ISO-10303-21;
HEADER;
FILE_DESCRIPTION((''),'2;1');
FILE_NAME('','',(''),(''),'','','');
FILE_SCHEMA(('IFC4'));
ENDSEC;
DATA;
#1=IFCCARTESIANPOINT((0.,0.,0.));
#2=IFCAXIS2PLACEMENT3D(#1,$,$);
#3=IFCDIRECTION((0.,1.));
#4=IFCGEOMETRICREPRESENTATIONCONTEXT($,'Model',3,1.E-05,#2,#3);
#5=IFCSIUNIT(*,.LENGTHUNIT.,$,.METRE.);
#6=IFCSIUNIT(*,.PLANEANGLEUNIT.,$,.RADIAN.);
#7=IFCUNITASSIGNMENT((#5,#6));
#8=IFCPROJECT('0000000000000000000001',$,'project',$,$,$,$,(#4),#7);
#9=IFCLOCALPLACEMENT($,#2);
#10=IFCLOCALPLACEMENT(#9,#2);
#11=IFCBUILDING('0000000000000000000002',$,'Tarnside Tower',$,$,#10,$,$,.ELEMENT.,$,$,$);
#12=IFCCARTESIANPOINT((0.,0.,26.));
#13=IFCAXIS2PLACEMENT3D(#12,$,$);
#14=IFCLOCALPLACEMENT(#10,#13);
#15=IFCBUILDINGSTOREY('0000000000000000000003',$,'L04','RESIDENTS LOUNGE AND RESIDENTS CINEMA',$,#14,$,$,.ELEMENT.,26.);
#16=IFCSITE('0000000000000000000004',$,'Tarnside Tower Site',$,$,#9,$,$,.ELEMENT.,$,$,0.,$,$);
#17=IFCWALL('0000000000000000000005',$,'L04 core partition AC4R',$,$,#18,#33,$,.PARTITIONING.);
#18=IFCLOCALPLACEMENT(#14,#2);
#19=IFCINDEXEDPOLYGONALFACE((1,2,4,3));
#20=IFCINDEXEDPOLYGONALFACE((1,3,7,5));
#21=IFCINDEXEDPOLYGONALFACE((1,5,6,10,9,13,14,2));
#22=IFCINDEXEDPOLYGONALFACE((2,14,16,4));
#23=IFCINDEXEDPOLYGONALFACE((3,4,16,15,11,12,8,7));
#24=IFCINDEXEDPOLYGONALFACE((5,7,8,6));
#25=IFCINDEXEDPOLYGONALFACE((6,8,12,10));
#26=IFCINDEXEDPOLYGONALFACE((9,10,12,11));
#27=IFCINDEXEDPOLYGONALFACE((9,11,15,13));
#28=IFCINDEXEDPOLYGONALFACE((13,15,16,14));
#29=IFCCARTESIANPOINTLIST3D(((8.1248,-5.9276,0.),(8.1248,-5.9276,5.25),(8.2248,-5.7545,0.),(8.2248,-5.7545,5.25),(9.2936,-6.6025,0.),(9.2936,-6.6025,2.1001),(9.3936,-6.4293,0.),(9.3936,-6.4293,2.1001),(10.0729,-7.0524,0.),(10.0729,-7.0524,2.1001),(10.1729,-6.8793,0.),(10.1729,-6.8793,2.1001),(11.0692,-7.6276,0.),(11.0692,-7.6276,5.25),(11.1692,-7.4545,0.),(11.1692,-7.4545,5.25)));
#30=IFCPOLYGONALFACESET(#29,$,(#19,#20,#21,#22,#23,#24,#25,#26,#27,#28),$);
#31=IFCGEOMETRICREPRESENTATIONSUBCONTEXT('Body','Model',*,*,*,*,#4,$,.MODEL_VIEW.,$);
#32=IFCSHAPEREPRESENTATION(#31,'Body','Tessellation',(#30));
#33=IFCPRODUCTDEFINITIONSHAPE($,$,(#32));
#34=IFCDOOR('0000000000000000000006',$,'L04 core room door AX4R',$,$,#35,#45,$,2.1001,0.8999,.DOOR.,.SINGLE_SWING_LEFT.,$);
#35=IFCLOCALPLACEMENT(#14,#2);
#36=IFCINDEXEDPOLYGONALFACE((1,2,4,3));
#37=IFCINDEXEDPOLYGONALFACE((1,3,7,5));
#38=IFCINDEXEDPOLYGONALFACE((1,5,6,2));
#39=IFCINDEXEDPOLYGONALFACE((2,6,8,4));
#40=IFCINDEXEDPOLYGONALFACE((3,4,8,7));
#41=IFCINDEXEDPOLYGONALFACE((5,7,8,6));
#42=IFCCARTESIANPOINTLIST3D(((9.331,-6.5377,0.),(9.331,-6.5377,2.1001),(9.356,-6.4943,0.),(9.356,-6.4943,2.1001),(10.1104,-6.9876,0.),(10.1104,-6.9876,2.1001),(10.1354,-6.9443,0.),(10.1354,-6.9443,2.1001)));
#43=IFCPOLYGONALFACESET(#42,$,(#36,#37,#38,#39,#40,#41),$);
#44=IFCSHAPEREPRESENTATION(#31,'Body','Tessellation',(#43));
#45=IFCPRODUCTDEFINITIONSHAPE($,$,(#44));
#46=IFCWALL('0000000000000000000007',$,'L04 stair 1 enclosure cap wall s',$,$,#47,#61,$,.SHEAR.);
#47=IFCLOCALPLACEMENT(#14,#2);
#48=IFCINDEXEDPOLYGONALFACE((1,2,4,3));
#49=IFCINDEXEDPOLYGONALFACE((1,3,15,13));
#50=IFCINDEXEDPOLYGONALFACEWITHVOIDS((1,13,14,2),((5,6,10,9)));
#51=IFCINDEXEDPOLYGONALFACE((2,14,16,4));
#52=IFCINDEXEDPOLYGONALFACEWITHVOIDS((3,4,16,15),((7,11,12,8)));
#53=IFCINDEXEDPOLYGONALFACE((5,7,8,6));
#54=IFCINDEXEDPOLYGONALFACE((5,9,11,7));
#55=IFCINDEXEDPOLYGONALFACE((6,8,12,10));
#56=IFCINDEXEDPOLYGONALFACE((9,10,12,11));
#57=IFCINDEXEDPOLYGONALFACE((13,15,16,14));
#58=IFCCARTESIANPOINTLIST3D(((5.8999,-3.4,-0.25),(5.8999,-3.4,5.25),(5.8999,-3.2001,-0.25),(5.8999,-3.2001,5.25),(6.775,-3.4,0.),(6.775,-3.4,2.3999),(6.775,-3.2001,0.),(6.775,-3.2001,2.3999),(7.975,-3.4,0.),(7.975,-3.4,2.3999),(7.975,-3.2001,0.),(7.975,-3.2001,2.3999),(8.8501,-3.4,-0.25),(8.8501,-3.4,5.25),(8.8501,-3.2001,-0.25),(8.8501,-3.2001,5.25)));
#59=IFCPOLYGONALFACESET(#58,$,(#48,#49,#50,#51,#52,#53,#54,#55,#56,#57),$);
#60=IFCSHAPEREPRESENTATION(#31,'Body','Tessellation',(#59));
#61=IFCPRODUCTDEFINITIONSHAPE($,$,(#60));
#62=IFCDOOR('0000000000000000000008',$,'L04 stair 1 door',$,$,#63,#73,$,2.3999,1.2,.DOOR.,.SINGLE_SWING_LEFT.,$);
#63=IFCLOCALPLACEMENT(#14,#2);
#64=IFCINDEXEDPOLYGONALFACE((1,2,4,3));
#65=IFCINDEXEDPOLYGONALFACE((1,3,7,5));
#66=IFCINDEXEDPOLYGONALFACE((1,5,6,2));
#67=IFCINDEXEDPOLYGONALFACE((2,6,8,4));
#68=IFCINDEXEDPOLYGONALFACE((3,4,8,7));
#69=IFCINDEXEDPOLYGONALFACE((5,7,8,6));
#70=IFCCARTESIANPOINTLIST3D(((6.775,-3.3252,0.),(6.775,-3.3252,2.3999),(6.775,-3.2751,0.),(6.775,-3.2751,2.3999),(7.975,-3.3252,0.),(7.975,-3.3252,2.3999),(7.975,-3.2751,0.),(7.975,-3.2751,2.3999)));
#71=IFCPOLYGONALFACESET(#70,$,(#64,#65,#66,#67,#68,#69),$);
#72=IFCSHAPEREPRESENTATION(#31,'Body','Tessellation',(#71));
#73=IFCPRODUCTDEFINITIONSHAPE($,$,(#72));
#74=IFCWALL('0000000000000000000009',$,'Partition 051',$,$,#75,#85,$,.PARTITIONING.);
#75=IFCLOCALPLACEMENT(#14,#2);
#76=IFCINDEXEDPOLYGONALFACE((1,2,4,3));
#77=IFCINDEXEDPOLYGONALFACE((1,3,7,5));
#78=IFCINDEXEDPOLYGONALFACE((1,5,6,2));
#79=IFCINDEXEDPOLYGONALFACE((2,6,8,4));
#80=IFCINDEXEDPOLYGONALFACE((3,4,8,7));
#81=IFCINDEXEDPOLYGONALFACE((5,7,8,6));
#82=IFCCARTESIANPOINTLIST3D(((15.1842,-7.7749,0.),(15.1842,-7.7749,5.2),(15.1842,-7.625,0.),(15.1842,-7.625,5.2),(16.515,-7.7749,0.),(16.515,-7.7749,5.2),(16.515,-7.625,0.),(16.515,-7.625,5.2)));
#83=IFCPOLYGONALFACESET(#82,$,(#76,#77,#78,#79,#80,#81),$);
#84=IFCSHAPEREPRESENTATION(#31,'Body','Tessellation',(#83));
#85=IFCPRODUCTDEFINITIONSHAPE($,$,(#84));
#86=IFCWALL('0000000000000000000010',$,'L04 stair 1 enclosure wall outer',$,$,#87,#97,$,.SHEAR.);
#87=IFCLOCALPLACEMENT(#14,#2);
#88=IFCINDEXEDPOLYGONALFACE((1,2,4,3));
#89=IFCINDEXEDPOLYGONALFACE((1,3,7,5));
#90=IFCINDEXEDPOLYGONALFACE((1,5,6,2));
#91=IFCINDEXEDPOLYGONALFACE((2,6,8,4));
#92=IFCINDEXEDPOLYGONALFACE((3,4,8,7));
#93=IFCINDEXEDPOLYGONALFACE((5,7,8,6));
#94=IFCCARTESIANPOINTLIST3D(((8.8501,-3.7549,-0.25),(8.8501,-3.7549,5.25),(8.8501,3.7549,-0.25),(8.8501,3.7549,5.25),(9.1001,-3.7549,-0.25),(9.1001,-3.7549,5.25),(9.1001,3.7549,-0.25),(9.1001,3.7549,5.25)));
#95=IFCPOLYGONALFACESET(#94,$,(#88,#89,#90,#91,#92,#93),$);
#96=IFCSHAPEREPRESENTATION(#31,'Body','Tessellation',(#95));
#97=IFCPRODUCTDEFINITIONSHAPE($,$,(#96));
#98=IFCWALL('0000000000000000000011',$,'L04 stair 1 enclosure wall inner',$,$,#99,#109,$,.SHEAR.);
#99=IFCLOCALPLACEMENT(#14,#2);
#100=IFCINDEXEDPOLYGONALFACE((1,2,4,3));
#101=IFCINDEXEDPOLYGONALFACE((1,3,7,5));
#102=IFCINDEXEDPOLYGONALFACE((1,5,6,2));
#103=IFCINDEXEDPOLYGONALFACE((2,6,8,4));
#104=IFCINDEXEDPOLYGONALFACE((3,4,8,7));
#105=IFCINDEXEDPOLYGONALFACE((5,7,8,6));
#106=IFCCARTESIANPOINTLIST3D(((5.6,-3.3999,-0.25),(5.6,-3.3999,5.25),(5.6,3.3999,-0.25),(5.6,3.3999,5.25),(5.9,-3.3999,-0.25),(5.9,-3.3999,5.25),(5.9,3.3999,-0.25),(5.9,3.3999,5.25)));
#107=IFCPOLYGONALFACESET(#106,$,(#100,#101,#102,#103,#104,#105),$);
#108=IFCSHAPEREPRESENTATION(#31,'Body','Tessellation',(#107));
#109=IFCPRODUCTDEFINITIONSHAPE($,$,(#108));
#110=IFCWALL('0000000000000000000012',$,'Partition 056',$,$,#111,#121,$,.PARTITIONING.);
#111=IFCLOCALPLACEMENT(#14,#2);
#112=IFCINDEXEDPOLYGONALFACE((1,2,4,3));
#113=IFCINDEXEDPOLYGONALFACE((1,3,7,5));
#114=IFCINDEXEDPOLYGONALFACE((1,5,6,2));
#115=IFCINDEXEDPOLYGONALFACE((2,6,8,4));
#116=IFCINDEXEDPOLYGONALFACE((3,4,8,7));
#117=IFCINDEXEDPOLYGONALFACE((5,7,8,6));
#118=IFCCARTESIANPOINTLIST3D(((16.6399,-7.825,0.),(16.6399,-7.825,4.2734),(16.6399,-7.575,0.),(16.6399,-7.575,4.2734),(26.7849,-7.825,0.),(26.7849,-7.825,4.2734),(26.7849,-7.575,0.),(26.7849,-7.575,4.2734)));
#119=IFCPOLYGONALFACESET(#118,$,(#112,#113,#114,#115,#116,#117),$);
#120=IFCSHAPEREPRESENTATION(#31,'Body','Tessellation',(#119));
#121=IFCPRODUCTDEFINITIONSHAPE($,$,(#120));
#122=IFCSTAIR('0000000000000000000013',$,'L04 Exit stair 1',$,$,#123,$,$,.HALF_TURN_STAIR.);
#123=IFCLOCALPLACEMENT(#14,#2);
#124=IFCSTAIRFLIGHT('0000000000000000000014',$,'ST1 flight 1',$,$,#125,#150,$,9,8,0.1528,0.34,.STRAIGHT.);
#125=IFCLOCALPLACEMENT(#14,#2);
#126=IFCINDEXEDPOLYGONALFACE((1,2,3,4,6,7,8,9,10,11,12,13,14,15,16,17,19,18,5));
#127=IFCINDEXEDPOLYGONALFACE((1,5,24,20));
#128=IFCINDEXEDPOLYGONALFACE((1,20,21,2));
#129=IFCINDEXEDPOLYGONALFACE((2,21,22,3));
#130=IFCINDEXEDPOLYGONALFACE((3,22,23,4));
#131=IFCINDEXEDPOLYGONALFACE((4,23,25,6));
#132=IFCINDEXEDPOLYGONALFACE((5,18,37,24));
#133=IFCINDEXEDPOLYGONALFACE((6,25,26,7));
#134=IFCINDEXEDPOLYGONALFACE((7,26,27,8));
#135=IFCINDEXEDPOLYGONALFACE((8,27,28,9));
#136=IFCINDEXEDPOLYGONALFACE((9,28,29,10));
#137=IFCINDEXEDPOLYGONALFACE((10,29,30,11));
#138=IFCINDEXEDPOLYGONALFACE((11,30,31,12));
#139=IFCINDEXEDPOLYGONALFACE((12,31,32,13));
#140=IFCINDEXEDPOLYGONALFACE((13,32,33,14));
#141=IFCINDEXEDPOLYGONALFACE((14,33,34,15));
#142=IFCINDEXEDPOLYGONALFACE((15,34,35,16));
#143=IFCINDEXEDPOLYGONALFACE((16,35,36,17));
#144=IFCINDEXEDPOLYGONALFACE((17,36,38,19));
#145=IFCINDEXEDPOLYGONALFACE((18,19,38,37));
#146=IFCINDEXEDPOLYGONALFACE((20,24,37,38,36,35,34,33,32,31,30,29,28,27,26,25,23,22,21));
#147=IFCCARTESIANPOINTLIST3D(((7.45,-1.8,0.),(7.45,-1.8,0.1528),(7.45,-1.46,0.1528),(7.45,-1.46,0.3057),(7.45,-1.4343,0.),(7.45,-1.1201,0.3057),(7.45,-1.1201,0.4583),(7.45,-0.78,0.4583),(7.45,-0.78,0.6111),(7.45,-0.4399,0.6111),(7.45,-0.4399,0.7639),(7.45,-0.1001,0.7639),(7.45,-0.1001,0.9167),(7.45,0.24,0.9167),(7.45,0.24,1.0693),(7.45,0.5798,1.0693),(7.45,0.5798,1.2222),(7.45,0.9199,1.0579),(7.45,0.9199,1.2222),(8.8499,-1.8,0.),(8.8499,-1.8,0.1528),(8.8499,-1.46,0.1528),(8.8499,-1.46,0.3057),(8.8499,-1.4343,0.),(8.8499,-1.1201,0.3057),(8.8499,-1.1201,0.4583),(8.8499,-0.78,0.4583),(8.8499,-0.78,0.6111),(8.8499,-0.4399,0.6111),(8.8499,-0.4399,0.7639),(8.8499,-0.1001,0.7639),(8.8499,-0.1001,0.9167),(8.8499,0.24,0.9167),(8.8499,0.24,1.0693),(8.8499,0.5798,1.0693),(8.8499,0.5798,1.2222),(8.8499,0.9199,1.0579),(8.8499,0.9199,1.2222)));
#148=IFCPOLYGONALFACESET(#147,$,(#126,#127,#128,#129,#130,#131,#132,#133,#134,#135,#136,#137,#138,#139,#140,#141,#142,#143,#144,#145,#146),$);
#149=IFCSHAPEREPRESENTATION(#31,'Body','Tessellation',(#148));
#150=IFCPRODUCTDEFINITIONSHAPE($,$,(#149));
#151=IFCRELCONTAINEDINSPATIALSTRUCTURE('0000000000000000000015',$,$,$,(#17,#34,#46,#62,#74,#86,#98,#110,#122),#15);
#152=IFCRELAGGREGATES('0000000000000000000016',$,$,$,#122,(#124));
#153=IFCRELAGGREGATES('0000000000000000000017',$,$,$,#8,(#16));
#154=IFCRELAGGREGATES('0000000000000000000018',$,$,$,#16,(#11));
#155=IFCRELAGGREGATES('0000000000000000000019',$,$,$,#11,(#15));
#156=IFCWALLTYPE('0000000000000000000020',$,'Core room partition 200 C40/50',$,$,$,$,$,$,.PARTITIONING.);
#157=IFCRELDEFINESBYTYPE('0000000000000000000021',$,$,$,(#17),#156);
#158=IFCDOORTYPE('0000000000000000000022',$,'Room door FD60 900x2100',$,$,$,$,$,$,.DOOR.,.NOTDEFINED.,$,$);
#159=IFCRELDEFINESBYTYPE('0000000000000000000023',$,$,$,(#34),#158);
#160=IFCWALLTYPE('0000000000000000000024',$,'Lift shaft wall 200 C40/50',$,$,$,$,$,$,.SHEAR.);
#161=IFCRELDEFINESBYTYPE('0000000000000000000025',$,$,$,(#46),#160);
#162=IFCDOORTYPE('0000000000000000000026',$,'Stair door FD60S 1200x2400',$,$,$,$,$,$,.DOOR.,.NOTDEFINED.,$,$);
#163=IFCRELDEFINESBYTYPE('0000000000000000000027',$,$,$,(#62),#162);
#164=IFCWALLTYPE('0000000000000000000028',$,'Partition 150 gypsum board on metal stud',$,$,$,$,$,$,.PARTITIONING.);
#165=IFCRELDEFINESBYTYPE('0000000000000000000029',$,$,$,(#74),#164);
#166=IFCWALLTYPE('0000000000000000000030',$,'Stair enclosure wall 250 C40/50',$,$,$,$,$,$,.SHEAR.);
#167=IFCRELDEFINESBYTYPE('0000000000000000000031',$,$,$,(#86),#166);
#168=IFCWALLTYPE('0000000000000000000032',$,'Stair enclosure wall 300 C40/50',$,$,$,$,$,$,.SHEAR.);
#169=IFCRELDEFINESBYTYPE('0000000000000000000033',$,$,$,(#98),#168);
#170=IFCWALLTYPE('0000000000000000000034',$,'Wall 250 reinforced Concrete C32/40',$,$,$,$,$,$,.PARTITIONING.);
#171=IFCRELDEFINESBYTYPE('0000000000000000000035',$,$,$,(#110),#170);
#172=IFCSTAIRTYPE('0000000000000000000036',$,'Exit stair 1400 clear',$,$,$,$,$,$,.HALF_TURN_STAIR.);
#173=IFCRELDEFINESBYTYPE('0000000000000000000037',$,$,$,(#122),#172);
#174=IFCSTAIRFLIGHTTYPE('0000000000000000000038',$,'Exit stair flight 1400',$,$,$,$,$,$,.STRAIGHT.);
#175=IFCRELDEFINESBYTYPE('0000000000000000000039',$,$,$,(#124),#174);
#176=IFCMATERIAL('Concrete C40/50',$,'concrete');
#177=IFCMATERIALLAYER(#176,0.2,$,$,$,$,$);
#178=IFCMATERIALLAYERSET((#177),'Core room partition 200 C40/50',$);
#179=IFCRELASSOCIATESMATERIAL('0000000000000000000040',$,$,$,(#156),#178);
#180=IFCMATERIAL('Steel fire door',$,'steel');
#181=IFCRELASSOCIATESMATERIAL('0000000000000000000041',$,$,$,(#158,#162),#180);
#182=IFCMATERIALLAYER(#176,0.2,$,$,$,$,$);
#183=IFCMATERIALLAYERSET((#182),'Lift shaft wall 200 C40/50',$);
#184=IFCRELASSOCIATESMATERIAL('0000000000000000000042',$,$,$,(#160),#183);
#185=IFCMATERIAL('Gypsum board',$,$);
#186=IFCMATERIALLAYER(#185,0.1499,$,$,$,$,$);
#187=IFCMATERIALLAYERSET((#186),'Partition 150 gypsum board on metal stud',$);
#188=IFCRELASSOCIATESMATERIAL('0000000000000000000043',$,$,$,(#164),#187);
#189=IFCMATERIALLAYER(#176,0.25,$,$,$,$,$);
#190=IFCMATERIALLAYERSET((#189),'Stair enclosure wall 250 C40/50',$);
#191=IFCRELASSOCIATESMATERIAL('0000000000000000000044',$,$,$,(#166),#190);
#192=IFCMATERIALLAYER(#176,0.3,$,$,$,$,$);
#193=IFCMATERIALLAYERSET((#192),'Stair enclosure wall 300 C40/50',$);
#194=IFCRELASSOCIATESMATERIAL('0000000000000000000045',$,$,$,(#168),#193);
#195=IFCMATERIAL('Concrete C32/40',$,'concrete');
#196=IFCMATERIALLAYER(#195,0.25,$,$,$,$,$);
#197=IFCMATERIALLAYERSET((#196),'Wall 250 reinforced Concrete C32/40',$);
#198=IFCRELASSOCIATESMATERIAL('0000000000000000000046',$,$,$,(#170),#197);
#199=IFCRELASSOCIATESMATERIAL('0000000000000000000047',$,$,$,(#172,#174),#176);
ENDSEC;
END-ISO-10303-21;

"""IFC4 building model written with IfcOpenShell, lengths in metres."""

from ifc_helpers import new_model, si_unit, direction, frame, frame_2d, origin, place, context, subcontext, project, spatial, polyline, rectangle, outline, extrude, material, layer, layer_set, type_object, element, fill, aggregate, save


model = new_model("IFC4")

# Units and contexts
model_context = context("Model", 3, precision=1e-05, world=origin(), true_north=direction((0.0, 1.0)))
body_context = subcontext(model_context, "Body", "Model", "MODEL_VIEW")
ifc_project = project(units=[si_unit("LENGTHUNIT", "METRE"), si_unit("PLANEANGLEUNIT", "RADIAN")], contexts=[model_context])

# Site, building, storey
site_placement = place(None, origin())
site = spatial("IfcSite", under=ifc_project, at=site_placement, Name="Tarnside Tower Site", CompositionType="ELEMENT", RefElevation=0.0)
building_placement = place(site_placement, origin())
building = spatial("IfcBuilding", under=site, at=building_placement, Name="Tarnside Tower", CompositionType="ELEMENT")
storey_placement = place(building_placement, frame((0.0, 0.0, 26.0)))
storey = spatial("IfcBuildingStorey", under=building, at=storey_placement, Name="L04", Description="RESIDENTS LOUNGE AND RESIDENTS CINEMA", CompositionType="ELEMENT", Elevation=26.0)

# Shared definitions
ifc_material_1 = material(Name="Concrete C40/50", Category="concrete")

# Walls, openings, doors
ifc_layer_1 = layer(ifc_material_1, 0.2)
ifc_layer_set_1 = layer_set([ifc_layer_1], Name="Core room partition 200 C40/50")
wall_type_1 = type_object("IfcWallType", Name="Core room partition 200 C40/50", PredefinedType="PARTITIONING", material=ifc_layer_set_1)
ifc_material_2 = material(Name="Steel fire door", Category="steel")
door_type_1 = type_object("IfcDoorType", Name="Room door FD60 900x2100", OperationType="NOTDEFINED", PredefinedType="DOOR", material=ifc_material_2)
wall_1_placement = place(storey_placement, frame((8.1748, -5.8411, 0.0), z_axis=(0.0, 0.0, 1.0), x_axis=(0.866021, -0.500008, 0.0)))
wall_1 = element("IfcWall", 1, at=wall_1_placement, inside=storey, type_object=wall_type_1, Name="L04 core partition AC4R", PredefinedType="PARTITIONING", context=body_context, shape_type="SweptSolid", body=[
    extrude(rectangle(XDim=3.3999, YDim=0.2, at=frame_2d((1.7, 0.0))), origin(), (0.0, 0.0, 1.0), 5.25),
])
opening_1_placement = place(wall_1_placement, frame((1.3496, 0.0, 0.0)))
opening_1 = element("IfcOpeningElement", 2, at=opening_1_placement, cuts=wall_1, PredefinedType="OPENING", context=body_context, shape_type="SweptSolid", body=[
    extrude(rectangle(XDim=0.8999, YDim=2.1001, at=frame_2d((0.45, 1.05))), frame((0.0, 0.1099, 0.0), z_axis=(0.0, -1.0, 0.0), x_axis=(1.0, 0.0, 0.0)), (0.0, 0.0, 1.0), 0.22),
])
door_1_placement = place(opening_1_placement, origin())
door_1 = element("IfcDoor", 3, at=door_1_placement, inside=storey, type_object=door_type_1, Name="L04 core room door AX4R", OperationType="SINGLE_SWING_LEFT", OverallHeight=2.1001, OverallWidth=0.8999, PredefinedType="DOOR", context=body_context, shape_type="SweptSolid", body=[
    extrude(rectangle(XDim=0.8999, YDim=2.1001, at=frame_2d((0.45, 1.05))), frame((0.0, 0.0249, 0.0), z_axis=(0.0, -1.0, 0.0), x_axis=(1.0, 0.0, 0.0)), (0.0, 0.0, 1.0), 0.05),
])
fill(opening_1, door_1)
ifc_layer_2 = layer(ifc_material_1, 0.2)
ifc_layer_set_2 = layer_set([ifc_layer_2], Name="Lift shaft wall 200 C40/50")
wall_type_2 = type_object("IfcWallType", Name="Lift shaft wall 200 C40/50", PredefinedType="SHEAR", material=ifc_layer_set_2)
wall_2_placement = place(storey_placement, frame((5.8999, -3.3, -0.25), z_axis=(0.0, 0.0, 1.0), x_axis=(1.0, 0.0, 0.0)))
wall_2 = element("IfcWall", 4, at=wall_2_placement, inside=storey, type_object=wall_type_2, Name="L04 stair 1 enclosure cap wall s", PredefinedType="SHEAR", context=body_context, shape_type="SweptSolid", body=[
    extrude(rectangle(XDim=2.9502, YDim=0.2, at=frame_2d((1.4751, 0.0))), origin(), (0.0, 0.0, 1.0), 5.5),
])
opening_2_placement = place(wall_2_placement, frame((0.875, 0.0, 0.25)))
opening_2 = element("IfcOpeningElement", 5, at=opening_2_placement, cuts=wall_2, PredefinedType="OPENING", context=body_context, shape_type="SweptSolid", body=[
    extrude(rectangle(XDim=1.2, YDim=2.3999, at=frame_2d((0.6001, 1.2))), frame((0.0, 0.1099, 0.0), z_axis=(0.0, -1.0, 0.0), x_axis=(1.0, 0.0, 0.0)), (0.0, 0.0, 1.0), 0.22),
])
door_type_2 = type_object("IfcDoorType", Name="Stair door FD60S 1200x2400", OperationType="NOTDEFINED", PredefinedType="DOOR", material=ifc_material_2)
door_2_placement = place(opening_2_placement, origin())
door_2 = element("IfcDoor", 6, at=door_2_placement, inside=storey, type_object=door_type_2, Name="L04 stair 1 door", OperationType="SINGLE_SWING_LEFT", OverallHeight=2.3999, OverallWidth=1.2, PredefinedType="DOOR", context=body_context, shape_type="SweptSolid", body=[
    extrude(rectangle(XDim=1.2, YDim=2.3999, at=frame_2d((0.6001, 1.2))), frame((0.0, 0.0249, 0.0), z_axis=(0.0, -1.0, 0.0), x_axis=(1.0, 0.0, 0.0)), (0.0, 0.0, 1.0), 0.05),
])
fill(opening_2, door_2)

# Walls
ifc_material_3 = material(Name="Gypsum board")
ifc_layer_3 = layer(ifc_material_3, 0.1499)
ifc_layer_set_3 = layer_set([ifc_layer_3], Name="Partition 150 gypsum board on metal stud")
wall_type_3 = type_object("IfcWallType", Name="Partition 150 gypsum board on metal stud", PredefinedType="PARTITIONING", material=ifc_layer_set_3)
wall_3_placement = place(storey_placement, frame((15.1841, -7.7, 0.0), z_axis=(0.0, 0.0, 1.0), x_axis=(1.0, 0.0, 0.0)))
element("IfcWall", 7, at=wall_3_placement, inside=storey, type_object=wall_type_3, Name="Partition 051", PredefinedType="PARTITIONING", context=body_context, shape_type="SweptSolid", body=[
    extrude(rectangle(XDim=1.3308, YDim=0.1499, at=frame_2d((0.6655, 0.0))), origin(), (0.0, 0.0, 1.0), 5.2),
])
ifc_layer_4 = layer(ifc_material_1, 0.25)
ifc_layer_set_4 = layer_set([ifc_layer_4], Name="Stair enclosure wall 250 C40/50")
wall_type_4 = type_object("IfcWallType", Name="Stair enclosure wall 250 C40/50", PredefinedType="SHEAR", material=ifc_layer_set_4)
wall_4_placement = place(storey_placement, frame((8.9751, -3.7549, -0.25), z_axis=(0.0, 0.0, 1.0), x_axis=(0.0, 1.0, 0.0)))
element("IfcWall", 8, at=wall_4_placement, inside=storey, type_object=wall_type_4, Name="L04 stair 1 enclosure wall outer", PredefinedType="SHEAR", context=body_context, shape_type="SweptSolid", body=[
    extrude(rectangle(XDim=7.5098, YDim=0.25, at=frame_2d((3.7549, 0.0))), origin(), (0.0, 0.0, 1.0), 5.5),
])
ifc_layer_5 = layer(ifc_material_1, 0.3)
ifc_layer_set_5 = layer_set([ifc_layer_5], Name="Stair enclosure wall 300 C40/50")
wall_type_5 = type_object("IfcWallType", Name="Stair enclosure wall 300 C40/50", PredefinedType="SHEAR", material=ifc_layer_set_5)
wall_5_placement = place(storey_placement, frame((5.75, -3.3999, -0.25), z_axis=(0.0, 0.0, 1.0), x_axis=(0.0, 1.0, 0.0)))
element("IfcWall", 9, at=wall_5_placement, inside=storey, type_object=wall_type_5, Name="L04 stair 1 enclosure wall inner", PredefinedType="SHEAR", context=body_context, shape_type="SweptSolid", body=[
    extrude(rectangle(XDim=6.7998, YDim=0.3, at=frame_2d((3.3999, 0.0))), origin(), (0.0, 0.0, 1.0), 5.5),
])
ifc_material_4 = material(Name="Concrete C32/40", Category="concrete")
ifc_layer_6 = layer(ifc_material_4, 0.25)
ifc_layer_set_6 = layer_set([ifc_layer_6], Name="Wall 250 reinforced Concrete C32/40")
wall_type_6 = type_object("IfcWallType", Name="Wall 250 reinforced Concrete C32/40", PredefinedType="PARTITIONING", material=ifc_layer_set_6)
wall_6_placement = place(storey_placement, frame((16.6399, -7.7, 0.0), z_axis=(0.0, 0.0, 1.0), x_axis=(1.0, 0.0, 0.0)))
element("IfcWall", 10, at=wall_6_placement, inside=storey, type_object=wall_type_6, Name="Partition 056", PredefinedType="PARTITIONING", context=body_context, shape_type="SweptSolid", body=[
    extrude(rectangle(XDim=10.145, YDim=0.25, at=frame_2d((5.0725, 0.0))), origin(), (0.0, 0.0, 1.0), 4.2734),
])

# Stair, stair flight
stair_type = type_object("IfcStairType", Name="Exit stair 1400 clear", PredefinedType="HALF_TURN_STAIR", material=ifc_material_1)
stair_placement = place(storey_placement, origin())
stair = element("IfcStair", 11, at=stair_placement, inside=storey, type_object=stair_type, Name="L04 Exit stair 1", PredefinedType="HALF_TURN_STAIR")
stair_flight_type = type_object("IfcStairFlightType", Name="Exit stair flight 1400", PredefinedType="STRAIGHT", material=ifc_material_1)
stair_flight_1_placement = place(storey_placement, frame((8.1499, -1.8, 0.0), z_axis=(0.0, 0.0, 1.0), x_axis=(0.0, 1.0, 0.0)))
stair_flight_1 = element("IfcStairFlight", 12, at=stair_flight_1_placement, type_object=stair_flight_type, Name="ST1 flight 1", NumberOfRisers=9, NumberOfTreads=8, PredefinedType="STRAIGHT", RiserHeight=0.1528, TreadLength=0.34, context=body_context, shape_type="SweptSolid", body=[
    extrude(outline(polyline([(0.0, 0.0), (0.0, 0.1528), (0.3401, 0.1528), (0.3401, 0.3057), (0.6799, 0.3057), (0.6799, 0.4583), (1.02, 0.4583), (1.02, 0.6111), (1.3601, 0.6111), (1.3601, 0.7639), (1.7, 0.7639), (1.7, 0.9167), (2.04, 0.9167), (2.04, 1.0693), (2.3799, 1.0693), (2.3799, 1.2222), (2.72, 1.2222), (2.72, 1.375), (2.72, 1.0579), (0.3657, 0.0), (0.0, 0.0)])), frame((0.0, 0.7, 0.0), z_axis=(0.0, -1.0, 0.0), x_axis=(1.0, 0.0, 0.0)), (0.0, 0.0, 1.0), 1.3999),
])
aggregate(stair, [stair_flight_1])

save(model, "model.ifc")
